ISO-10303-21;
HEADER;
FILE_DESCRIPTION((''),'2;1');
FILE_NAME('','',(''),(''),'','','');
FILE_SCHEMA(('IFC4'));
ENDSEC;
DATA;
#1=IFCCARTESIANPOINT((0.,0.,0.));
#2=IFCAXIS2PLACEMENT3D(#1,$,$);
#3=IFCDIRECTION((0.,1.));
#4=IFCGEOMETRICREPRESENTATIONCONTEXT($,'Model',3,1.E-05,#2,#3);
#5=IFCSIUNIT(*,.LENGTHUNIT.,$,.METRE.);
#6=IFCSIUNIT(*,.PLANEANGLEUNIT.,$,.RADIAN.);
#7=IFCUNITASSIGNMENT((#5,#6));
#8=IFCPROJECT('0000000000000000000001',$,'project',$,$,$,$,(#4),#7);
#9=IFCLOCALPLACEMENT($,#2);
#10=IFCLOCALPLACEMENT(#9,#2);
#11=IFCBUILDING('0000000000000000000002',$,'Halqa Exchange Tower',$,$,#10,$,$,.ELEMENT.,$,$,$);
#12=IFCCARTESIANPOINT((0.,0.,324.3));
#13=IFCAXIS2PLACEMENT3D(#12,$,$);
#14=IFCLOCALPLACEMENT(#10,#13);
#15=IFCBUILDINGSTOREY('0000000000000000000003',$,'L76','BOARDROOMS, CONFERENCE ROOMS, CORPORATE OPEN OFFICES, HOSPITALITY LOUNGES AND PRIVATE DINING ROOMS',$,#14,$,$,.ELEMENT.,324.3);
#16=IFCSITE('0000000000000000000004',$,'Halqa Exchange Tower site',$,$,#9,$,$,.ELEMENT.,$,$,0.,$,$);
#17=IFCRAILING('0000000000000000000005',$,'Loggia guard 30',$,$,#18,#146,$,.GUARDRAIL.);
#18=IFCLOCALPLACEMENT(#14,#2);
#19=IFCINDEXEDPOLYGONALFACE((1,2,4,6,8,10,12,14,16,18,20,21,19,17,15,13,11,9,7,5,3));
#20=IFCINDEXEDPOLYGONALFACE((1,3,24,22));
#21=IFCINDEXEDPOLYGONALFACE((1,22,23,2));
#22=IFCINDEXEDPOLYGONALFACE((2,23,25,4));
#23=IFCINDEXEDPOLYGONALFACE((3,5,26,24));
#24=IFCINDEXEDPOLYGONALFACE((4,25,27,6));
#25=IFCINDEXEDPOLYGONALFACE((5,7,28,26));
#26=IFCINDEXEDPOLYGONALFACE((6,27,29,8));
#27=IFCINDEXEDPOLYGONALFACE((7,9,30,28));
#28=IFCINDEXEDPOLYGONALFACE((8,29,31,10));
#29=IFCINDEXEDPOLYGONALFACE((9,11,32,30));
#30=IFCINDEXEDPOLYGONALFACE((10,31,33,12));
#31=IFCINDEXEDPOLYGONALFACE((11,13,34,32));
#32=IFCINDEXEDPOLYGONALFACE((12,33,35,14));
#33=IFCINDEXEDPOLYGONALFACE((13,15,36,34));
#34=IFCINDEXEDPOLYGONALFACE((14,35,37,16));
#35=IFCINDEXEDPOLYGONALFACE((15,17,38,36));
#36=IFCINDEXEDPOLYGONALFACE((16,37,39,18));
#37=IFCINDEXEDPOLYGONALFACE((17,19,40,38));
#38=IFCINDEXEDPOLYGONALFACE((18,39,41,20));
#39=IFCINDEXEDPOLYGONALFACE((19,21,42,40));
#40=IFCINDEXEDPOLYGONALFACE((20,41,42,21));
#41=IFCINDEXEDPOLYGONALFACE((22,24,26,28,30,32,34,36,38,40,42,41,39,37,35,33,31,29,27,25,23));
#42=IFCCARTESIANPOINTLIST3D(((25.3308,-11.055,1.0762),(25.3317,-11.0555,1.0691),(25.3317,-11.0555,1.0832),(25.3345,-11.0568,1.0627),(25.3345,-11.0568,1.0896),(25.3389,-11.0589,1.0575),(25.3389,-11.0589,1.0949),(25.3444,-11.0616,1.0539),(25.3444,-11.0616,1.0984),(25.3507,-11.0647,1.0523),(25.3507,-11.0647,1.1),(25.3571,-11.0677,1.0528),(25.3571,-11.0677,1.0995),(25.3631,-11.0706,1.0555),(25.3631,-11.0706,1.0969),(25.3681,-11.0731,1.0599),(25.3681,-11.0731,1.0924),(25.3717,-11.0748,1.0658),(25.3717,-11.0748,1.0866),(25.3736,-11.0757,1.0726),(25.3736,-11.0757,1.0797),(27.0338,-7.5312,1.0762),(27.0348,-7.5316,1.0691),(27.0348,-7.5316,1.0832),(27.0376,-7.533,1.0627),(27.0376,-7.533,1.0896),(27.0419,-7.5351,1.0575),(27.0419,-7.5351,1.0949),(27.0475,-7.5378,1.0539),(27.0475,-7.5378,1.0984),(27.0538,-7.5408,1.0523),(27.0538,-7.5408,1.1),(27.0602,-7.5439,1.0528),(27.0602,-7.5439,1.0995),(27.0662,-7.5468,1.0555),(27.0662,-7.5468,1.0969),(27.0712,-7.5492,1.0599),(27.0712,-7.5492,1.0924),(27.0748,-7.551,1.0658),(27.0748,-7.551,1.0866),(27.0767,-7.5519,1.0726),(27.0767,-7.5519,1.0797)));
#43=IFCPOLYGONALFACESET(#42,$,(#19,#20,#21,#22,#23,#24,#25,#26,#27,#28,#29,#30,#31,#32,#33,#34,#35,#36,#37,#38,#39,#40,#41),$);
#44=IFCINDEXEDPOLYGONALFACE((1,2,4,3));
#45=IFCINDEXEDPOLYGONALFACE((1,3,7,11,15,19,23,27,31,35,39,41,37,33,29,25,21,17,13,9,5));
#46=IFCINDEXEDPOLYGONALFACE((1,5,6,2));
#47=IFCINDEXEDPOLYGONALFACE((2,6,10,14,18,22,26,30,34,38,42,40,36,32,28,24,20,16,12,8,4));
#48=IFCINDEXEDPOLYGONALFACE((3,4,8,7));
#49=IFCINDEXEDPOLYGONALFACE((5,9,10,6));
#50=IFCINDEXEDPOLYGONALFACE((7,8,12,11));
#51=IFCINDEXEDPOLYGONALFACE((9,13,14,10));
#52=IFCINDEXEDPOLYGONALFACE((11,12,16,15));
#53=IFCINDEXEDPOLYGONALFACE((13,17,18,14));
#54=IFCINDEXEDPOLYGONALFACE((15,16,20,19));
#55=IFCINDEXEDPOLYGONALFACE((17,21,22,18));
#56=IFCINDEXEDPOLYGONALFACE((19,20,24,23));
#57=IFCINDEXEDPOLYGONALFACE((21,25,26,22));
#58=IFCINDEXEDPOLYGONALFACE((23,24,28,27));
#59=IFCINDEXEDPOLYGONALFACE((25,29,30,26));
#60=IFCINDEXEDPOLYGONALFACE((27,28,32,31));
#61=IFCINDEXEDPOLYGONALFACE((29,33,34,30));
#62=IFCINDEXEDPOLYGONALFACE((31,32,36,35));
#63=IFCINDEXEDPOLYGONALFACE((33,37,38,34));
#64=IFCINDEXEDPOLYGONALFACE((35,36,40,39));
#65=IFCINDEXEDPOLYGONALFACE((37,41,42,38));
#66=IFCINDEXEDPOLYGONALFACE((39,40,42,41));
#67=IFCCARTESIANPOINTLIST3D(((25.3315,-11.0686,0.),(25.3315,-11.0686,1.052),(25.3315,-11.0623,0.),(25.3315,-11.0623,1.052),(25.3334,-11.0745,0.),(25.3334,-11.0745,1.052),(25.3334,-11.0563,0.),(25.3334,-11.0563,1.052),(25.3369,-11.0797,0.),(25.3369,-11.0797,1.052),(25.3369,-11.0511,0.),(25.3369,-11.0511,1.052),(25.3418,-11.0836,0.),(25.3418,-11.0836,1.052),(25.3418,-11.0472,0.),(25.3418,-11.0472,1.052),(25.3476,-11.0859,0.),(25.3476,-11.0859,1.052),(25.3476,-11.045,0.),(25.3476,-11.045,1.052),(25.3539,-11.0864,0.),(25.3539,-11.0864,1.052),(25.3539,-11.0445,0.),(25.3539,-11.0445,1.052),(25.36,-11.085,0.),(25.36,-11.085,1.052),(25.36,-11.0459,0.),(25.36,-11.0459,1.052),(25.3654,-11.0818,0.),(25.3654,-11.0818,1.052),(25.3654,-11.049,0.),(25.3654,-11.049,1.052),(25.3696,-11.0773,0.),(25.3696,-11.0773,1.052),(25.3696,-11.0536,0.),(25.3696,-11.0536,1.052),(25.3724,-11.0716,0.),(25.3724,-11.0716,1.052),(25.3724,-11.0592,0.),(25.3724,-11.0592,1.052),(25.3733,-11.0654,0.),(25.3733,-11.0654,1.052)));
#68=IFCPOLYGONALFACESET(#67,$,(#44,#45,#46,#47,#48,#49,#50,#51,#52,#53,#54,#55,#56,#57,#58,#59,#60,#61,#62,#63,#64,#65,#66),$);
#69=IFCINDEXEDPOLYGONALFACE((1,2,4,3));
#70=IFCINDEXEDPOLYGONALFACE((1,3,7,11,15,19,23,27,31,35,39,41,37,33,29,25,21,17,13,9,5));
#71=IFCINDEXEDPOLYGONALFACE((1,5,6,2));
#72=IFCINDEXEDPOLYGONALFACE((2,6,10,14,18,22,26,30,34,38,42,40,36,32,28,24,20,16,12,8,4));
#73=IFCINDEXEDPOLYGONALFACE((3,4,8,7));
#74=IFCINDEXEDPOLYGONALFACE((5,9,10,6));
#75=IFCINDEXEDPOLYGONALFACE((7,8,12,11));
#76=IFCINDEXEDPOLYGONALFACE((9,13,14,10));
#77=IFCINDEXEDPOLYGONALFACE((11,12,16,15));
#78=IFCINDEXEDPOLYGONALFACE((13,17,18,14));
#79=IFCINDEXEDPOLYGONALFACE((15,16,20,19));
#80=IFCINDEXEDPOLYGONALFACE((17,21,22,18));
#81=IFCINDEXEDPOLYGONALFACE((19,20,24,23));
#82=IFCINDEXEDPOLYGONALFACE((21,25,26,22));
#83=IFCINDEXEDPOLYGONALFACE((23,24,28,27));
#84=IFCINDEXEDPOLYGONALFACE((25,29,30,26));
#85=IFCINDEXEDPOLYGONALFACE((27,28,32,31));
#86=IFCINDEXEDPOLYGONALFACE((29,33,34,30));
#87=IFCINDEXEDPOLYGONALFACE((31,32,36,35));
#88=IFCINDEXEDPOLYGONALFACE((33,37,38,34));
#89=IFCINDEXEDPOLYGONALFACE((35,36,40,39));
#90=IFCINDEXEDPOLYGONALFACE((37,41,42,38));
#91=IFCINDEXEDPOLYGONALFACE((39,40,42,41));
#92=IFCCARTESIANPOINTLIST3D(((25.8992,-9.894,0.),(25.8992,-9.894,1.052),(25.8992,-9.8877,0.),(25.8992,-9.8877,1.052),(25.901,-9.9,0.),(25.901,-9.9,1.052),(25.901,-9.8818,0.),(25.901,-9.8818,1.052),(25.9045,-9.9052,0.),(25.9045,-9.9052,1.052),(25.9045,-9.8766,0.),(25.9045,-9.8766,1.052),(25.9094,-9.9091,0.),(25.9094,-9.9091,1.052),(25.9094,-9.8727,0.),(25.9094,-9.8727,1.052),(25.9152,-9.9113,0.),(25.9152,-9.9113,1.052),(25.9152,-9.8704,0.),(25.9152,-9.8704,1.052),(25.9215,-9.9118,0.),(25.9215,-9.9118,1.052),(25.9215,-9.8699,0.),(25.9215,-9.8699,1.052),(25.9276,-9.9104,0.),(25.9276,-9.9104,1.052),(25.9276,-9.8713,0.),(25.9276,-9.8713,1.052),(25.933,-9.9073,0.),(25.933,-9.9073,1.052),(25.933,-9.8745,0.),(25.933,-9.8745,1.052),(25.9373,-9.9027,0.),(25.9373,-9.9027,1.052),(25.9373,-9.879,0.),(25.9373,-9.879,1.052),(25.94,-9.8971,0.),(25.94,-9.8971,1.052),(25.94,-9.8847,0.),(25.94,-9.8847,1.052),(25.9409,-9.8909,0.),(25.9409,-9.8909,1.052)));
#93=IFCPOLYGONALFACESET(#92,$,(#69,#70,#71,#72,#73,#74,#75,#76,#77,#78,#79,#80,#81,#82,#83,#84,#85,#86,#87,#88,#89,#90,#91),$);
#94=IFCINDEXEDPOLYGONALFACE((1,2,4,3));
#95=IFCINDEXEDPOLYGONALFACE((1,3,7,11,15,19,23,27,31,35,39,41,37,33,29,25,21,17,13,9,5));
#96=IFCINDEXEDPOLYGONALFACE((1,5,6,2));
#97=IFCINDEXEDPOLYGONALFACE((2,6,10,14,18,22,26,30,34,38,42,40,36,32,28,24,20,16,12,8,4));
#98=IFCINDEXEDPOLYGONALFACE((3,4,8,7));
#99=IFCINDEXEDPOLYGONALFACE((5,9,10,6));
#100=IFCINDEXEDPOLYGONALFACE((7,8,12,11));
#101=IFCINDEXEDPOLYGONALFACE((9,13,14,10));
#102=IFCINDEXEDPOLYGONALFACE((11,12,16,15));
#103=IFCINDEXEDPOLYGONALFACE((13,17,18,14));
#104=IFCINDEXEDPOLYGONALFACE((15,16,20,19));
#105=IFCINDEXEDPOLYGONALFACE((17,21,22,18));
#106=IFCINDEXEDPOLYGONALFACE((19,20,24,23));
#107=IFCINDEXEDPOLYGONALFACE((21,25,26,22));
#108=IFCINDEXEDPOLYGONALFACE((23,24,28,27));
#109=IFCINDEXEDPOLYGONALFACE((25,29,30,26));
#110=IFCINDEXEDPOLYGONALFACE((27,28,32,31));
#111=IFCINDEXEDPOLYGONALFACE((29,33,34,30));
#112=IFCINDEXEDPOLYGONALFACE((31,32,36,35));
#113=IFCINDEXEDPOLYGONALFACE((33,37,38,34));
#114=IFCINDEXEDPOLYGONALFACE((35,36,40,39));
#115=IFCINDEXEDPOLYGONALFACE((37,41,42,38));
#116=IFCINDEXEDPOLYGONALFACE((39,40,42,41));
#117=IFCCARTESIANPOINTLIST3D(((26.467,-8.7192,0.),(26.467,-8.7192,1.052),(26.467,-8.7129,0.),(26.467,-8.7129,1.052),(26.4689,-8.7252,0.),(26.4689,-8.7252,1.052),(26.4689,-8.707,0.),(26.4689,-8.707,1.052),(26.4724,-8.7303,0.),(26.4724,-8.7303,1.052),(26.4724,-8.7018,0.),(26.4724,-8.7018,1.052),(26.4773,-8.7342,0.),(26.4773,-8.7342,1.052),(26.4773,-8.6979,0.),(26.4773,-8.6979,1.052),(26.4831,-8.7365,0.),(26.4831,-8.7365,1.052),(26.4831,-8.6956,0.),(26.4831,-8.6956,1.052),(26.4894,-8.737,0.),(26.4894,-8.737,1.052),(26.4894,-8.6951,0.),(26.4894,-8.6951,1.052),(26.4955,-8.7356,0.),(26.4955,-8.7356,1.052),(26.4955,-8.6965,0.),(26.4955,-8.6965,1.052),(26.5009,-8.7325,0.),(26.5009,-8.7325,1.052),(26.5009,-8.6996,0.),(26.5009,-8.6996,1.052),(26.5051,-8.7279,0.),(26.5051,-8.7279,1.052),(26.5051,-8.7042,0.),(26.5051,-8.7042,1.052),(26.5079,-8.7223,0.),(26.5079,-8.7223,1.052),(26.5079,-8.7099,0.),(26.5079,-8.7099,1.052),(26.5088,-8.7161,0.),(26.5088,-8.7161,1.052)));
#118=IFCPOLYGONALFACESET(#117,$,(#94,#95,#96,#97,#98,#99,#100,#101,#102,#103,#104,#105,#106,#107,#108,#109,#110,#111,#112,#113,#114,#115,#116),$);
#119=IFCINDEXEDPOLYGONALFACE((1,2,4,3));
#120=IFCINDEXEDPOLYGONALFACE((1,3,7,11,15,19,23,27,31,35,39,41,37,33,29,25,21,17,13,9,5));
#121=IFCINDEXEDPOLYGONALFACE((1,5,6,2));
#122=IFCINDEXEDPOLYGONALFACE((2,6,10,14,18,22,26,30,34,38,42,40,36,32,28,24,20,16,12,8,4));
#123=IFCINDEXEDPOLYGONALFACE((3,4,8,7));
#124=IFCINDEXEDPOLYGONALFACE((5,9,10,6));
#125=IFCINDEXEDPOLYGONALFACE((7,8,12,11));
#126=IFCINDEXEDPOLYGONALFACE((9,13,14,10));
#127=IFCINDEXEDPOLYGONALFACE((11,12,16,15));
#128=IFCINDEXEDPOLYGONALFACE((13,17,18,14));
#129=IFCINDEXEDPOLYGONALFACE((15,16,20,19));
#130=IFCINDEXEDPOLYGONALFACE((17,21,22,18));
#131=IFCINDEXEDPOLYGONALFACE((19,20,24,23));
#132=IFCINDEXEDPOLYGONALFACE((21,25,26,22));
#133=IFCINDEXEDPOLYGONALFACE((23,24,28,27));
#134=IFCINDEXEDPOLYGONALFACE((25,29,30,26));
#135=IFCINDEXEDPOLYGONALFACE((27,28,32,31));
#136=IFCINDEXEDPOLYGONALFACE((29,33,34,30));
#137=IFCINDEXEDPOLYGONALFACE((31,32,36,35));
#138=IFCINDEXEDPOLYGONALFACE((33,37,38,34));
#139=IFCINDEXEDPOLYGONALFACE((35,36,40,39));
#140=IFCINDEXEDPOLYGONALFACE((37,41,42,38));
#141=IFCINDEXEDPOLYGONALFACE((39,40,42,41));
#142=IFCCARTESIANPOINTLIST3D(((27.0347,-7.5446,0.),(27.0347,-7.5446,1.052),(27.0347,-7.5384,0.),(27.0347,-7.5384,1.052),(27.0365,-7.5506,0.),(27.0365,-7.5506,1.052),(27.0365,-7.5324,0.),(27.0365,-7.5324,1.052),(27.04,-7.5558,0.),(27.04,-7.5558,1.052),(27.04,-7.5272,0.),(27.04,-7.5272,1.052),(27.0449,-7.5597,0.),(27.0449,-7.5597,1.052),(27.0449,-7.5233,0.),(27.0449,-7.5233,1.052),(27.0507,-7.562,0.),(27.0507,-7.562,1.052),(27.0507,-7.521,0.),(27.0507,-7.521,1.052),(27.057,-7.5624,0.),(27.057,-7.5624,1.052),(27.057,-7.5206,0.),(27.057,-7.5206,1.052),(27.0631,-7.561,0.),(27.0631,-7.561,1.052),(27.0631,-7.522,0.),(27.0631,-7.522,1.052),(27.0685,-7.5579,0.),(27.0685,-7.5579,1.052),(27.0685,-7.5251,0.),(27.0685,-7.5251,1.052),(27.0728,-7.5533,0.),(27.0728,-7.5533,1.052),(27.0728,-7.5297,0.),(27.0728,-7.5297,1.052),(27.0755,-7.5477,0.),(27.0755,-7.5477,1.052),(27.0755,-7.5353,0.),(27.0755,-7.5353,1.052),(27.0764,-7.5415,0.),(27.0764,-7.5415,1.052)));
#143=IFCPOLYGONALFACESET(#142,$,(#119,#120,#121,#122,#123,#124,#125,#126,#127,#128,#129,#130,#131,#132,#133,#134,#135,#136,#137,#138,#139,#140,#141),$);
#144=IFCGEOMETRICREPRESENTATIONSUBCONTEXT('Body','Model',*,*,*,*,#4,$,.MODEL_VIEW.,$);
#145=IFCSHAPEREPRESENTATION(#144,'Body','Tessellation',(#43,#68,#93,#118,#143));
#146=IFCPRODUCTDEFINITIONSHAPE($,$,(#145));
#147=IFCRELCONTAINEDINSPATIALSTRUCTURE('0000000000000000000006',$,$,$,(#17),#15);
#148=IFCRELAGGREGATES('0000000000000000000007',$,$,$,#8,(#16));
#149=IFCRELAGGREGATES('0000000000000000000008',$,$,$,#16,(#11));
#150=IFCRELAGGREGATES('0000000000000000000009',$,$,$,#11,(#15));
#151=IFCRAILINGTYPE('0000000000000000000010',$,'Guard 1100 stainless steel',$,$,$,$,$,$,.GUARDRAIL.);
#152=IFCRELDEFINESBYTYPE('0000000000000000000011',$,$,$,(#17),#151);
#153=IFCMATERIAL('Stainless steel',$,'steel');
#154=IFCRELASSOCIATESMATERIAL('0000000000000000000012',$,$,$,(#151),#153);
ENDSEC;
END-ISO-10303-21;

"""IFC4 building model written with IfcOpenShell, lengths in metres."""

from ifc_helpers import new_model, si_unit, direction, frame, origin, origin_2d, place, context, subcontext, project, spatial, circle, extrude, material, type_object, element, save


model = new_model("IFC4")

# Units and contexts
model_context = context("Model", 3, precision=1e-05, world=origin(), true_north=direction((0.0, 1.0)))
body_context = subcontext(model_context, "Body", "Model", "MODEL_VIEW")
ifc_project = project(units=[si_unit("LENGTHUNIT", "METRE"), si_unit("PLANEANGLEUNIT", "RADIAN")], contexts=[model_context])

# Site, building, storey
site_placement = place(None, origin())
site = spatial("IfcSite", under=ifc_project, at=site_placement, Name="Halqa Exchange Tower site", CompositionType="ELEMENT", RefElevation=0.0)
building_placement = place(site_placement, origin())
building = spatial("IfcBuilding", under=site, at=building_placement, Name="Halqa Exchange Tower", CompositionType="ELEMENT")
storey_placement = place(building_placement, frame((0.0, 0.0, 324.3)))
storey = spatial("IfcBuildingStorey", under=building, at=storey_placement, Name="L76", Description="BOARDROOMS, CONFERENCE ROOMS, CORPORATE OPEN OFFICES, HOSPITALITY LOUNGES AND PRIVATE DINING ROOMS", CompositionType="ELEMENT", Elevation=324.3)

# Railing
ifc_material_1 = material(Name="Stainless steel", Category="steel")
railing_type = type_object("IfcRailingType", Name="Guard 1100 stainless steel", PredefinedType="GUARDRAIL", material=ifc_material_1)
railing_1_placement = place(storey_placement, frame((25.3523, -11.0654, 0.0)))
element("IfcRailing", 1, at=railing_1_placement, inside=storey, type_object=railing_type, Name="Loggia guard 30", PredefinedType="GUARDRAIL", context=body_context, shape_type="SweptSolid", body=[
    extrude(circle(Radius=0.0239, at=origin_2d()), frame((0.0, 0.0, 1.0762), z_axis=(0.435147, 0.90036, 0.0), x_axis=(-0.90036, 0.435147, 0.0)), (0.0, 0.0, 1.0), 3.9138),
    extrude(circle(Radius=0.021, at=origin_2d()), origin(), (0.0, 0.0, 1.0), 1.052),
    extrude(circle(Radius=0.021, at=origin_2d()), frame((0.5676, 1.1746, 0.0)), (0.0, 0.0, 1.0), 1.052),
    extrude(circle(Radius=0.021, at=origin_2d()), frame((1.1355, 2.3494, 0.0)), (0.0, 0.0, 1.0), 1.052),
    extrude(circle(Radius=0.021, at=origin_2d()), frame((1.7031, 3.5239, 0.0)), (0.0, 0.0, 1.0), 1.052),
])

save(model, "model.ifc")
